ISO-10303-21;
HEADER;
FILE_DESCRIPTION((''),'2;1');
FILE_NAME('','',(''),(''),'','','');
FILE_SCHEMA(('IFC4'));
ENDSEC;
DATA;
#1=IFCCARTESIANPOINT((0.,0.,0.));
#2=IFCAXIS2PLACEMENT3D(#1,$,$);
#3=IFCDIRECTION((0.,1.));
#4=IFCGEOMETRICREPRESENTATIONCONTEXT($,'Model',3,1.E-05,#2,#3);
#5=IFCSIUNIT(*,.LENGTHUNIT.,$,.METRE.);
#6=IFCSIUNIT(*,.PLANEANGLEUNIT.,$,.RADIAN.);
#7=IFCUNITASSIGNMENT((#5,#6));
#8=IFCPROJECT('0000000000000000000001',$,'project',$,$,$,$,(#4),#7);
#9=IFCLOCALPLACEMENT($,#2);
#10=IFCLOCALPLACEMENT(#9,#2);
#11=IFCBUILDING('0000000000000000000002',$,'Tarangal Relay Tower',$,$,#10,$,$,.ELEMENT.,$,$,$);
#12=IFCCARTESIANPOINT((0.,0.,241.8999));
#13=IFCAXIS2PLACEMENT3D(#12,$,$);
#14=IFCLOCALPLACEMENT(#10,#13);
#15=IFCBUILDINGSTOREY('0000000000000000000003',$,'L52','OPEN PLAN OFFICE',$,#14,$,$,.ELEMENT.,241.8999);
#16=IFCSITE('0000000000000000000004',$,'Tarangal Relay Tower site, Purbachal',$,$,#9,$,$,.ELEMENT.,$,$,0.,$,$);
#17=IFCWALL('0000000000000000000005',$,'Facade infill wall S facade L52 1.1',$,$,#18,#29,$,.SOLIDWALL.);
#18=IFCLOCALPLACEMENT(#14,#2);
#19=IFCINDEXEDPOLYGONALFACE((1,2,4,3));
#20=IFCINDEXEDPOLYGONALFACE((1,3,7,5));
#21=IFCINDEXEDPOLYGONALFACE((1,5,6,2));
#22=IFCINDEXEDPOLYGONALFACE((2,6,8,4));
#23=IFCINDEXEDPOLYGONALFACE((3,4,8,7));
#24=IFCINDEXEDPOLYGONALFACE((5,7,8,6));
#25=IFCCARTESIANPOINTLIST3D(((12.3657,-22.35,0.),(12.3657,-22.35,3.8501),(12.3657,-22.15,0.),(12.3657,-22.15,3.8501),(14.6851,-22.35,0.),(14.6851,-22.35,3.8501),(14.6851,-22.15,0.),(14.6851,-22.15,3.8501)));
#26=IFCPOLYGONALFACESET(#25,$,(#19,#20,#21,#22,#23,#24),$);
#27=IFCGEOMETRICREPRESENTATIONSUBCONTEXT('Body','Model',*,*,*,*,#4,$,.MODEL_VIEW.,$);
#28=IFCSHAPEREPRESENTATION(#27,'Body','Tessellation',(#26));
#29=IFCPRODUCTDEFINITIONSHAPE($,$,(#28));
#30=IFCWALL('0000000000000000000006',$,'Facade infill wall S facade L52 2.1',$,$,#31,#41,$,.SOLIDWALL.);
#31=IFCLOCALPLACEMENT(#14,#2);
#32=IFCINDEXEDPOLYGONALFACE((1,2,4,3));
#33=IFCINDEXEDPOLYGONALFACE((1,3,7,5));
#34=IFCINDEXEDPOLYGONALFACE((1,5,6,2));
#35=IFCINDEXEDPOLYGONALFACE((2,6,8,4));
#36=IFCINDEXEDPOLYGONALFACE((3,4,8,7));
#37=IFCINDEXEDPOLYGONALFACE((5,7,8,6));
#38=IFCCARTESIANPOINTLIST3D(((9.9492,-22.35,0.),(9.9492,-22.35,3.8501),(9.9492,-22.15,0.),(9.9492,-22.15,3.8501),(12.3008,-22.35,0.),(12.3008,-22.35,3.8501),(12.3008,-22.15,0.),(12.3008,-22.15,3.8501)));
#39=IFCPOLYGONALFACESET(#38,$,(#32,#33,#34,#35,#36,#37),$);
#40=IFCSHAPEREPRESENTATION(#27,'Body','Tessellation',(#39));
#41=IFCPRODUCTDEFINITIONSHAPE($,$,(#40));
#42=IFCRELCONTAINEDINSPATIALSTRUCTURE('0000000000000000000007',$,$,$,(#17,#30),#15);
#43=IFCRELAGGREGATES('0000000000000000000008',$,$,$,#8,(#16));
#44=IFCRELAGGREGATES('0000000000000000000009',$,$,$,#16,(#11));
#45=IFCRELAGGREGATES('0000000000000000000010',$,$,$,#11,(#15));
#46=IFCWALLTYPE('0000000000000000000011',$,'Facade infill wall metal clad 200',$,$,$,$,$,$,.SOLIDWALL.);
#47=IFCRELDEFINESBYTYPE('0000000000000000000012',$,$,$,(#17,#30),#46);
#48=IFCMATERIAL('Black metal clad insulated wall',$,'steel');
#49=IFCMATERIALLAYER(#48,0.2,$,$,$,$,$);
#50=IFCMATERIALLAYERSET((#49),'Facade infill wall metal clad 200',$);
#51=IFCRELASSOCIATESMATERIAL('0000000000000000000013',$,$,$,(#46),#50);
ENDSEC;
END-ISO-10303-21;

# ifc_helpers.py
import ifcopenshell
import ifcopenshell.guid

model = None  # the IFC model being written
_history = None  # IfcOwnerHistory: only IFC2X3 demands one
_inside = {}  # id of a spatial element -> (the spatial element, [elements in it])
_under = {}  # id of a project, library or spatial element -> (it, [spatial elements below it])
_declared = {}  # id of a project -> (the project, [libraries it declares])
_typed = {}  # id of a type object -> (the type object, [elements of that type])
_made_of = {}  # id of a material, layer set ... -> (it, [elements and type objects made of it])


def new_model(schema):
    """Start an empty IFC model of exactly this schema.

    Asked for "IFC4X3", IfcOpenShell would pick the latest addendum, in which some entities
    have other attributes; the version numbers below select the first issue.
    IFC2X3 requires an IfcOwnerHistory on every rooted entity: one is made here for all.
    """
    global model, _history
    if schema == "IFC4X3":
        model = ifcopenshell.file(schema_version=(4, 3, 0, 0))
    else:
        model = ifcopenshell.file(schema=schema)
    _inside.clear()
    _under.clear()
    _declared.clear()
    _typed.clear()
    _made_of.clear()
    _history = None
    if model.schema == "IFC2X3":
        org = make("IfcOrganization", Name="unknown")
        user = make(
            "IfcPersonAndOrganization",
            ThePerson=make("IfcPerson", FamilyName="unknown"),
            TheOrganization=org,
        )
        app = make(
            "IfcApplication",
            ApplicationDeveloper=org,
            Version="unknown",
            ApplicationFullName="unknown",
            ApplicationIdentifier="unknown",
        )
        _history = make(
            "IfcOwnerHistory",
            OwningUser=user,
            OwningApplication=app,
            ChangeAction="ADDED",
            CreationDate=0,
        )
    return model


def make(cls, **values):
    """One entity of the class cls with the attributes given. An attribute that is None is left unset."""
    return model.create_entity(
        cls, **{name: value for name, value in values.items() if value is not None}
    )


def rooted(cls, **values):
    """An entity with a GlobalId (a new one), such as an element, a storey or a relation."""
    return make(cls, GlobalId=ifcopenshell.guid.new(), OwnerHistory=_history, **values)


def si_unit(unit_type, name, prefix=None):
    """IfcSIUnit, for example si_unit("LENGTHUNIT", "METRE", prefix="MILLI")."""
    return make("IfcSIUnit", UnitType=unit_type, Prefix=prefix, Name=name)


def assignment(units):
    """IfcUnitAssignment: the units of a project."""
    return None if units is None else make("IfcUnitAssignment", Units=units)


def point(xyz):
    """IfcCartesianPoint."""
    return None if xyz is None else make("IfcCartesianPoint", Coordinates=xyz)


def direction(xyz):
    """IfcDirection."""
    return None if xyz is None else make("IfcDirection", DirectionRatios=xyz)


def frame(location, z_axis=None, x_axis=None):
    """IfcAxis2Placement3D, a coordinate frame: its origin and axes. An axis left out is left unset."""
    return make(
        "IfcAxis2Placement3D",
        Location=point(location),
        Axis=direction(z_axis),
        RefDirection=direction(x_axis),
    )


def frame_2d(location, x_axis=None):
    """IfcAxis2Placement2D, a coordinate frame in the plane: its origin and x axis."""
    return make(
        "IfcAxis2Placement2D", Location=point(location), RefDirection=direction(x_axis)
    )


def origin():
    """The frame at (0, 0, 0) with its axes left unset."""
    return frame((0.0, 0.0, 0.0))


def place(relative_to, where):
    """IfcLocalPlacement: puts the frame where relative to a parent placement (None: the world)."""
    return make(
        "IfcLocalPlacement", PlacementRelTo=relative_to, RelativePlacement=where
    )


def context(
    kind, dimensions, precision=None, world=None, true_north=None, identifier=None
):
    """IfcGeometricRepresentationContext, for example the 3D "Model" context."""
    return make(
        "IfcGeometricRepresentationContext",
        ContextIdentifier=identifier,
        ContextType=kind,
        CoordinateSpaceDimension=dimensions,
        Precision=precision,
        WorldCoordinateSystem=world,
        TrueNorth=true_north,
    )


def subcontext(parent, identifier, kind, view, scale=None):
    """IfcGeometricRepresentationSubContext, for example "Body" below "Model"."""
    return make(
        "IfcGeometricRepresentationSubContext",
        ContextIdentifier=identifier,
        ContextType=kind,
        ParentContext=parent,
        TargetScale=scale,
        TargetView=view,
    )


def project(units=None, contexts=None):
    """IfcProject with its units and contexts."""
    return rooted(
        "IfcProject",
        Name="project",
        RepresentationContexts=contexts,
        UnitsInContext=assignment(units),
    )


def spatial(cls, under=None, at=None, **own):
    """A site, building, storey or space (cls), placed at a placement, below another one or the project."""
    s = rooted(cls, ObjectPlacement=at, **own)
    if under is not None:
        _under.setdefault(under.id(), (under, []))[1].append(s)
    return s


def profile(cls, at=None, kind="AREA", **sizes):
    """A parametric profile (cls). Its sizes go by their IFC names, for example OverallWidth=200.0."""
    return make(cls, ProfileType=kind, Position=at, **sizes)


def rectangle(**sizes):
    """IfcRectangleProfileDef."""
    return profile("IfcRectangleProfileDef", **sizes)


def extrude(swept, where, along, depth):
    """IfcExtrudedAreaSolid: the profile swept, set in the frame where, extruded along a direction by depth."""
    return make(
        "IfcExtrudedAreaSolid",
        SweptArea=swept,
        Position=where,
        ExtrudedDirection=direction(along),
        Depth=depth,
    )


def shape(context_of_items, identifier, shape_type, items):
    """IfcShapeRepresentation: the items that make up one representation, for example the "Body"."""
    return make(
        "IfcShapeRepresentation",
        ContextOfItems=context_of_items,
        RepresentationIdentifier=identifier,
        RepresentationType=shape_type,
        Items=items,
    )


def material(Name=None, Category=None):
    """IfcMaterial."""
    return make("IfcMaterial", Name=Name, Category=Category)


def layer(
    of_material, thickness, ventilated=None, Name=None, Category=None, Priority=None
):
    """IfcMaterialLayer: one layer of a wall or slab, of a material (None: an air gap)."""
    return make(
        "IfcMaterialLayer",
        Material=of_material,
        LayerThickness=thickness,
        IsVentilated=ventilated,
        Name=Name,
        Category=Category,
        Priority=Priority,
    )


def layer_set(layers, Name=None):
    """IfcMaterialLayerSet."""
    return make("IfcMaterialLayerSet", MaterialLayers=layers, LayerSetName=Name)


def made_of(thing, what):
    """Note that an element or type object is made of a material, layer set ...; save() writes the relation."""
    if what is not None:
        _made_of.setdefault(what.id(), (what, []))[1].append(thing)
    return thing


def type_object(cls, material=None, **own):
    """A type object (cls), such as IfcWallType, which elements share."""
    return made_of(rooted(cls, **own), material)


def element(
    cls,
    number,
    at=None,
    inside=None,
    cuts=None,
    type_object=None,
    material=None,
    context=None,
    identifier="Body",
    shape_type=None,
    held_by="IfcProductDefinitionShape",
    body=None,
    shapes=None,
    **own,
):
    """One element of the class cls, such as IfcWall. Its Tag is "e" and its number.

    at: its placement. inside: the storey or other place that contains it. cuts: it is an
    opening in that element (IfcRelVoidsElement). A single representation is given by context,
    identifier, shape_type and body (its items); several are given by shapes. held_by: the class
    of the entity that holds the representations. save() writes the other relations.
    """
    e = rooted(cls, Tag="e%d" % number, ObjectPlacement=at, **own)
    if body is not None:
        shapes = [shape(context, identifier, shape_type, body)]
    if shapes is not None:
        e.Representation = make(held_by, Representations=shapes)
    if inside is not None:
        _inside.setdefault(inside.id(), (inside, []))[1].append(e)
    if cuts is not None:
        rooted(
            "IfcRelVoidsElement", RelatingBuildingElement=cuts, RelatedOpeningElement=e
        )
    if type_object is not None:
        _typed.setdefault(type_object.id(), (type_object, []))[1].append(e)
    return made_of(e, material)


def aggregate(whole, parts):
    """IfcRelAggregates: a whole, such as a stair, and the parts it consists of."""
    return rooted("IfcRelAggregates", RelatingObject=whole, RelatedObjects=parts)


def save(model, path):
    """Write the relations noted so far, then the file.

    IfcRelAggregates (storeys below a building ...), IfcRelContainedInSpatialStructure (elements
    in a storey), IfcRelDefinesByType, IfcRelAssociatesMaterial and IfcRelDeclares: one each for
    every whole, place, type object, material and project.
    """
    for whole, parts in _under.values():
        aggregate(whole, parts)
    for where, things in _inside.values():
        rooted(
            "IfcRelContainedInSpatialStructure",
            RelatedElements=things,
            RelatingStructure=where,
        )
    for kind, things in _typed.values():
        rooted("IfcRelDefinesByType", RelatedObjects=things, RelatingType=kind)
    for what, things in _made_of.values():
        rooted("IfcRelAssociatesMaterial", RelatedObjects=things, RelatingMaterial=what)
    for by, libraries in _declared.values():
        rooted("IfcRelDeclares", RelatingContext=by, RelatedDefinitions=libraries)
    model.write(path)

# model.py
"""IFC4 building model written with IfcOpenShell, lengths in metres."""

from ifc_helpers import new_model, si_unit, direction, frame, frame_2d, origin, place, context, subcontext, project, spatial, rectangle, extrude, material, layer, layer_set, type_object, element, save


model = new_model("IFC4")

# Units and contexts
model_context = context("Model", 3, precision=1e-05, world=origin(), true_north=direction((0.0, 1.0)))
body_context = subcontext(model_context, "Body", "Model", "MODEL_VIEW")
ifc_project = project(units=[si_unit("LENGTHUNIT", "METRE"), si_unit("PLANEANGLEUNIT", "RADIAN")], contexts=[model_context])

# Site, building, storey
site_placement = place(None, origin())
site = spatial("IfcSite", under=ifc_project, at=site_placement, Name="Tarangal Relay Tower site, Purbachal", CompositionType="ELEMENT", RefElevation=0.0)
building_placement = place(site_placement, origin())
building = spatial("IfcBuilding", under=site, at=building_placement, Name="Tarangal Relay Tower", CompositionType="ELEMENT")
storey_placement = place(building_placement, frame((0.0, 0.0, 241.8999)))
storey = spatial("IfcBuildingStorey", under=building, at=storey_placement, Name="L52", Description="OPEN PLAN OFFICE", CompositionType="ELEMENT", Elevation=241.8999)

# Shared definitions
ifc_material_1 = material(Name="Black metal clad insulated wall", Category="steel")

# Walls
ifc_layer_1 = layer(ifc_material_1, 0.2)
ifc_layer_set_1 = layer_set([ifc_layer_1], Name="Facade infill wall metal clad 200")
wall_type_1 = type_object("IfcWallType", Name="Facade infill wall metal clad 200", PredefinedType="SOLIDWALL", material=ifc_layer_set_1)
for number, where, z_axis, x_axis, name in (
    (1, (14.6851, -22.25, 0.0), (0.0, 0.0, 1.0), (-1.0, 0.0, 0.0), "Facade infill wall S facade L52 1.1"),
):
    element("IfcWall", number, at=place(storey_placement, frame(where, z_axis=z_axis, x_axis=x_axis)), inside=storey, type_object=wall_type_1, Name=name, PredefinedType="SOLIDWALL", context=body_context, shape_type="SweptSolid", body=[
        extrude(rectangle(XDim=2.3193, YDim=0.2, at=frame_2d((1.1597, 0.0))), origin(), (0.0, 0.0, 1.0), 3.8501),
    ])
wall_1_placement = place(storey_placement, frame((12.3008, -22.25, 0.0), z_axis=(0.0, 0.0, 1.0), x_axis=(-1.0, 0.0, 0.0)))
element("IfcWall", 2, at=wall_1_placement, inside=storey, type_object=wall_type_1, Name="Facade infill wall S facade L52 2.1", PredefinedType="SOLIDWALL", context=body_context, shape_type="SweptSolid", body=[
    extrude(rectangle(XDim=2.3516, YDim=0.2, at=frame_2d((1.1758, 0.0))), origin(), (0.0, 0.0, 1.0), 3.8501),
])

save(model, "model.ifc")
